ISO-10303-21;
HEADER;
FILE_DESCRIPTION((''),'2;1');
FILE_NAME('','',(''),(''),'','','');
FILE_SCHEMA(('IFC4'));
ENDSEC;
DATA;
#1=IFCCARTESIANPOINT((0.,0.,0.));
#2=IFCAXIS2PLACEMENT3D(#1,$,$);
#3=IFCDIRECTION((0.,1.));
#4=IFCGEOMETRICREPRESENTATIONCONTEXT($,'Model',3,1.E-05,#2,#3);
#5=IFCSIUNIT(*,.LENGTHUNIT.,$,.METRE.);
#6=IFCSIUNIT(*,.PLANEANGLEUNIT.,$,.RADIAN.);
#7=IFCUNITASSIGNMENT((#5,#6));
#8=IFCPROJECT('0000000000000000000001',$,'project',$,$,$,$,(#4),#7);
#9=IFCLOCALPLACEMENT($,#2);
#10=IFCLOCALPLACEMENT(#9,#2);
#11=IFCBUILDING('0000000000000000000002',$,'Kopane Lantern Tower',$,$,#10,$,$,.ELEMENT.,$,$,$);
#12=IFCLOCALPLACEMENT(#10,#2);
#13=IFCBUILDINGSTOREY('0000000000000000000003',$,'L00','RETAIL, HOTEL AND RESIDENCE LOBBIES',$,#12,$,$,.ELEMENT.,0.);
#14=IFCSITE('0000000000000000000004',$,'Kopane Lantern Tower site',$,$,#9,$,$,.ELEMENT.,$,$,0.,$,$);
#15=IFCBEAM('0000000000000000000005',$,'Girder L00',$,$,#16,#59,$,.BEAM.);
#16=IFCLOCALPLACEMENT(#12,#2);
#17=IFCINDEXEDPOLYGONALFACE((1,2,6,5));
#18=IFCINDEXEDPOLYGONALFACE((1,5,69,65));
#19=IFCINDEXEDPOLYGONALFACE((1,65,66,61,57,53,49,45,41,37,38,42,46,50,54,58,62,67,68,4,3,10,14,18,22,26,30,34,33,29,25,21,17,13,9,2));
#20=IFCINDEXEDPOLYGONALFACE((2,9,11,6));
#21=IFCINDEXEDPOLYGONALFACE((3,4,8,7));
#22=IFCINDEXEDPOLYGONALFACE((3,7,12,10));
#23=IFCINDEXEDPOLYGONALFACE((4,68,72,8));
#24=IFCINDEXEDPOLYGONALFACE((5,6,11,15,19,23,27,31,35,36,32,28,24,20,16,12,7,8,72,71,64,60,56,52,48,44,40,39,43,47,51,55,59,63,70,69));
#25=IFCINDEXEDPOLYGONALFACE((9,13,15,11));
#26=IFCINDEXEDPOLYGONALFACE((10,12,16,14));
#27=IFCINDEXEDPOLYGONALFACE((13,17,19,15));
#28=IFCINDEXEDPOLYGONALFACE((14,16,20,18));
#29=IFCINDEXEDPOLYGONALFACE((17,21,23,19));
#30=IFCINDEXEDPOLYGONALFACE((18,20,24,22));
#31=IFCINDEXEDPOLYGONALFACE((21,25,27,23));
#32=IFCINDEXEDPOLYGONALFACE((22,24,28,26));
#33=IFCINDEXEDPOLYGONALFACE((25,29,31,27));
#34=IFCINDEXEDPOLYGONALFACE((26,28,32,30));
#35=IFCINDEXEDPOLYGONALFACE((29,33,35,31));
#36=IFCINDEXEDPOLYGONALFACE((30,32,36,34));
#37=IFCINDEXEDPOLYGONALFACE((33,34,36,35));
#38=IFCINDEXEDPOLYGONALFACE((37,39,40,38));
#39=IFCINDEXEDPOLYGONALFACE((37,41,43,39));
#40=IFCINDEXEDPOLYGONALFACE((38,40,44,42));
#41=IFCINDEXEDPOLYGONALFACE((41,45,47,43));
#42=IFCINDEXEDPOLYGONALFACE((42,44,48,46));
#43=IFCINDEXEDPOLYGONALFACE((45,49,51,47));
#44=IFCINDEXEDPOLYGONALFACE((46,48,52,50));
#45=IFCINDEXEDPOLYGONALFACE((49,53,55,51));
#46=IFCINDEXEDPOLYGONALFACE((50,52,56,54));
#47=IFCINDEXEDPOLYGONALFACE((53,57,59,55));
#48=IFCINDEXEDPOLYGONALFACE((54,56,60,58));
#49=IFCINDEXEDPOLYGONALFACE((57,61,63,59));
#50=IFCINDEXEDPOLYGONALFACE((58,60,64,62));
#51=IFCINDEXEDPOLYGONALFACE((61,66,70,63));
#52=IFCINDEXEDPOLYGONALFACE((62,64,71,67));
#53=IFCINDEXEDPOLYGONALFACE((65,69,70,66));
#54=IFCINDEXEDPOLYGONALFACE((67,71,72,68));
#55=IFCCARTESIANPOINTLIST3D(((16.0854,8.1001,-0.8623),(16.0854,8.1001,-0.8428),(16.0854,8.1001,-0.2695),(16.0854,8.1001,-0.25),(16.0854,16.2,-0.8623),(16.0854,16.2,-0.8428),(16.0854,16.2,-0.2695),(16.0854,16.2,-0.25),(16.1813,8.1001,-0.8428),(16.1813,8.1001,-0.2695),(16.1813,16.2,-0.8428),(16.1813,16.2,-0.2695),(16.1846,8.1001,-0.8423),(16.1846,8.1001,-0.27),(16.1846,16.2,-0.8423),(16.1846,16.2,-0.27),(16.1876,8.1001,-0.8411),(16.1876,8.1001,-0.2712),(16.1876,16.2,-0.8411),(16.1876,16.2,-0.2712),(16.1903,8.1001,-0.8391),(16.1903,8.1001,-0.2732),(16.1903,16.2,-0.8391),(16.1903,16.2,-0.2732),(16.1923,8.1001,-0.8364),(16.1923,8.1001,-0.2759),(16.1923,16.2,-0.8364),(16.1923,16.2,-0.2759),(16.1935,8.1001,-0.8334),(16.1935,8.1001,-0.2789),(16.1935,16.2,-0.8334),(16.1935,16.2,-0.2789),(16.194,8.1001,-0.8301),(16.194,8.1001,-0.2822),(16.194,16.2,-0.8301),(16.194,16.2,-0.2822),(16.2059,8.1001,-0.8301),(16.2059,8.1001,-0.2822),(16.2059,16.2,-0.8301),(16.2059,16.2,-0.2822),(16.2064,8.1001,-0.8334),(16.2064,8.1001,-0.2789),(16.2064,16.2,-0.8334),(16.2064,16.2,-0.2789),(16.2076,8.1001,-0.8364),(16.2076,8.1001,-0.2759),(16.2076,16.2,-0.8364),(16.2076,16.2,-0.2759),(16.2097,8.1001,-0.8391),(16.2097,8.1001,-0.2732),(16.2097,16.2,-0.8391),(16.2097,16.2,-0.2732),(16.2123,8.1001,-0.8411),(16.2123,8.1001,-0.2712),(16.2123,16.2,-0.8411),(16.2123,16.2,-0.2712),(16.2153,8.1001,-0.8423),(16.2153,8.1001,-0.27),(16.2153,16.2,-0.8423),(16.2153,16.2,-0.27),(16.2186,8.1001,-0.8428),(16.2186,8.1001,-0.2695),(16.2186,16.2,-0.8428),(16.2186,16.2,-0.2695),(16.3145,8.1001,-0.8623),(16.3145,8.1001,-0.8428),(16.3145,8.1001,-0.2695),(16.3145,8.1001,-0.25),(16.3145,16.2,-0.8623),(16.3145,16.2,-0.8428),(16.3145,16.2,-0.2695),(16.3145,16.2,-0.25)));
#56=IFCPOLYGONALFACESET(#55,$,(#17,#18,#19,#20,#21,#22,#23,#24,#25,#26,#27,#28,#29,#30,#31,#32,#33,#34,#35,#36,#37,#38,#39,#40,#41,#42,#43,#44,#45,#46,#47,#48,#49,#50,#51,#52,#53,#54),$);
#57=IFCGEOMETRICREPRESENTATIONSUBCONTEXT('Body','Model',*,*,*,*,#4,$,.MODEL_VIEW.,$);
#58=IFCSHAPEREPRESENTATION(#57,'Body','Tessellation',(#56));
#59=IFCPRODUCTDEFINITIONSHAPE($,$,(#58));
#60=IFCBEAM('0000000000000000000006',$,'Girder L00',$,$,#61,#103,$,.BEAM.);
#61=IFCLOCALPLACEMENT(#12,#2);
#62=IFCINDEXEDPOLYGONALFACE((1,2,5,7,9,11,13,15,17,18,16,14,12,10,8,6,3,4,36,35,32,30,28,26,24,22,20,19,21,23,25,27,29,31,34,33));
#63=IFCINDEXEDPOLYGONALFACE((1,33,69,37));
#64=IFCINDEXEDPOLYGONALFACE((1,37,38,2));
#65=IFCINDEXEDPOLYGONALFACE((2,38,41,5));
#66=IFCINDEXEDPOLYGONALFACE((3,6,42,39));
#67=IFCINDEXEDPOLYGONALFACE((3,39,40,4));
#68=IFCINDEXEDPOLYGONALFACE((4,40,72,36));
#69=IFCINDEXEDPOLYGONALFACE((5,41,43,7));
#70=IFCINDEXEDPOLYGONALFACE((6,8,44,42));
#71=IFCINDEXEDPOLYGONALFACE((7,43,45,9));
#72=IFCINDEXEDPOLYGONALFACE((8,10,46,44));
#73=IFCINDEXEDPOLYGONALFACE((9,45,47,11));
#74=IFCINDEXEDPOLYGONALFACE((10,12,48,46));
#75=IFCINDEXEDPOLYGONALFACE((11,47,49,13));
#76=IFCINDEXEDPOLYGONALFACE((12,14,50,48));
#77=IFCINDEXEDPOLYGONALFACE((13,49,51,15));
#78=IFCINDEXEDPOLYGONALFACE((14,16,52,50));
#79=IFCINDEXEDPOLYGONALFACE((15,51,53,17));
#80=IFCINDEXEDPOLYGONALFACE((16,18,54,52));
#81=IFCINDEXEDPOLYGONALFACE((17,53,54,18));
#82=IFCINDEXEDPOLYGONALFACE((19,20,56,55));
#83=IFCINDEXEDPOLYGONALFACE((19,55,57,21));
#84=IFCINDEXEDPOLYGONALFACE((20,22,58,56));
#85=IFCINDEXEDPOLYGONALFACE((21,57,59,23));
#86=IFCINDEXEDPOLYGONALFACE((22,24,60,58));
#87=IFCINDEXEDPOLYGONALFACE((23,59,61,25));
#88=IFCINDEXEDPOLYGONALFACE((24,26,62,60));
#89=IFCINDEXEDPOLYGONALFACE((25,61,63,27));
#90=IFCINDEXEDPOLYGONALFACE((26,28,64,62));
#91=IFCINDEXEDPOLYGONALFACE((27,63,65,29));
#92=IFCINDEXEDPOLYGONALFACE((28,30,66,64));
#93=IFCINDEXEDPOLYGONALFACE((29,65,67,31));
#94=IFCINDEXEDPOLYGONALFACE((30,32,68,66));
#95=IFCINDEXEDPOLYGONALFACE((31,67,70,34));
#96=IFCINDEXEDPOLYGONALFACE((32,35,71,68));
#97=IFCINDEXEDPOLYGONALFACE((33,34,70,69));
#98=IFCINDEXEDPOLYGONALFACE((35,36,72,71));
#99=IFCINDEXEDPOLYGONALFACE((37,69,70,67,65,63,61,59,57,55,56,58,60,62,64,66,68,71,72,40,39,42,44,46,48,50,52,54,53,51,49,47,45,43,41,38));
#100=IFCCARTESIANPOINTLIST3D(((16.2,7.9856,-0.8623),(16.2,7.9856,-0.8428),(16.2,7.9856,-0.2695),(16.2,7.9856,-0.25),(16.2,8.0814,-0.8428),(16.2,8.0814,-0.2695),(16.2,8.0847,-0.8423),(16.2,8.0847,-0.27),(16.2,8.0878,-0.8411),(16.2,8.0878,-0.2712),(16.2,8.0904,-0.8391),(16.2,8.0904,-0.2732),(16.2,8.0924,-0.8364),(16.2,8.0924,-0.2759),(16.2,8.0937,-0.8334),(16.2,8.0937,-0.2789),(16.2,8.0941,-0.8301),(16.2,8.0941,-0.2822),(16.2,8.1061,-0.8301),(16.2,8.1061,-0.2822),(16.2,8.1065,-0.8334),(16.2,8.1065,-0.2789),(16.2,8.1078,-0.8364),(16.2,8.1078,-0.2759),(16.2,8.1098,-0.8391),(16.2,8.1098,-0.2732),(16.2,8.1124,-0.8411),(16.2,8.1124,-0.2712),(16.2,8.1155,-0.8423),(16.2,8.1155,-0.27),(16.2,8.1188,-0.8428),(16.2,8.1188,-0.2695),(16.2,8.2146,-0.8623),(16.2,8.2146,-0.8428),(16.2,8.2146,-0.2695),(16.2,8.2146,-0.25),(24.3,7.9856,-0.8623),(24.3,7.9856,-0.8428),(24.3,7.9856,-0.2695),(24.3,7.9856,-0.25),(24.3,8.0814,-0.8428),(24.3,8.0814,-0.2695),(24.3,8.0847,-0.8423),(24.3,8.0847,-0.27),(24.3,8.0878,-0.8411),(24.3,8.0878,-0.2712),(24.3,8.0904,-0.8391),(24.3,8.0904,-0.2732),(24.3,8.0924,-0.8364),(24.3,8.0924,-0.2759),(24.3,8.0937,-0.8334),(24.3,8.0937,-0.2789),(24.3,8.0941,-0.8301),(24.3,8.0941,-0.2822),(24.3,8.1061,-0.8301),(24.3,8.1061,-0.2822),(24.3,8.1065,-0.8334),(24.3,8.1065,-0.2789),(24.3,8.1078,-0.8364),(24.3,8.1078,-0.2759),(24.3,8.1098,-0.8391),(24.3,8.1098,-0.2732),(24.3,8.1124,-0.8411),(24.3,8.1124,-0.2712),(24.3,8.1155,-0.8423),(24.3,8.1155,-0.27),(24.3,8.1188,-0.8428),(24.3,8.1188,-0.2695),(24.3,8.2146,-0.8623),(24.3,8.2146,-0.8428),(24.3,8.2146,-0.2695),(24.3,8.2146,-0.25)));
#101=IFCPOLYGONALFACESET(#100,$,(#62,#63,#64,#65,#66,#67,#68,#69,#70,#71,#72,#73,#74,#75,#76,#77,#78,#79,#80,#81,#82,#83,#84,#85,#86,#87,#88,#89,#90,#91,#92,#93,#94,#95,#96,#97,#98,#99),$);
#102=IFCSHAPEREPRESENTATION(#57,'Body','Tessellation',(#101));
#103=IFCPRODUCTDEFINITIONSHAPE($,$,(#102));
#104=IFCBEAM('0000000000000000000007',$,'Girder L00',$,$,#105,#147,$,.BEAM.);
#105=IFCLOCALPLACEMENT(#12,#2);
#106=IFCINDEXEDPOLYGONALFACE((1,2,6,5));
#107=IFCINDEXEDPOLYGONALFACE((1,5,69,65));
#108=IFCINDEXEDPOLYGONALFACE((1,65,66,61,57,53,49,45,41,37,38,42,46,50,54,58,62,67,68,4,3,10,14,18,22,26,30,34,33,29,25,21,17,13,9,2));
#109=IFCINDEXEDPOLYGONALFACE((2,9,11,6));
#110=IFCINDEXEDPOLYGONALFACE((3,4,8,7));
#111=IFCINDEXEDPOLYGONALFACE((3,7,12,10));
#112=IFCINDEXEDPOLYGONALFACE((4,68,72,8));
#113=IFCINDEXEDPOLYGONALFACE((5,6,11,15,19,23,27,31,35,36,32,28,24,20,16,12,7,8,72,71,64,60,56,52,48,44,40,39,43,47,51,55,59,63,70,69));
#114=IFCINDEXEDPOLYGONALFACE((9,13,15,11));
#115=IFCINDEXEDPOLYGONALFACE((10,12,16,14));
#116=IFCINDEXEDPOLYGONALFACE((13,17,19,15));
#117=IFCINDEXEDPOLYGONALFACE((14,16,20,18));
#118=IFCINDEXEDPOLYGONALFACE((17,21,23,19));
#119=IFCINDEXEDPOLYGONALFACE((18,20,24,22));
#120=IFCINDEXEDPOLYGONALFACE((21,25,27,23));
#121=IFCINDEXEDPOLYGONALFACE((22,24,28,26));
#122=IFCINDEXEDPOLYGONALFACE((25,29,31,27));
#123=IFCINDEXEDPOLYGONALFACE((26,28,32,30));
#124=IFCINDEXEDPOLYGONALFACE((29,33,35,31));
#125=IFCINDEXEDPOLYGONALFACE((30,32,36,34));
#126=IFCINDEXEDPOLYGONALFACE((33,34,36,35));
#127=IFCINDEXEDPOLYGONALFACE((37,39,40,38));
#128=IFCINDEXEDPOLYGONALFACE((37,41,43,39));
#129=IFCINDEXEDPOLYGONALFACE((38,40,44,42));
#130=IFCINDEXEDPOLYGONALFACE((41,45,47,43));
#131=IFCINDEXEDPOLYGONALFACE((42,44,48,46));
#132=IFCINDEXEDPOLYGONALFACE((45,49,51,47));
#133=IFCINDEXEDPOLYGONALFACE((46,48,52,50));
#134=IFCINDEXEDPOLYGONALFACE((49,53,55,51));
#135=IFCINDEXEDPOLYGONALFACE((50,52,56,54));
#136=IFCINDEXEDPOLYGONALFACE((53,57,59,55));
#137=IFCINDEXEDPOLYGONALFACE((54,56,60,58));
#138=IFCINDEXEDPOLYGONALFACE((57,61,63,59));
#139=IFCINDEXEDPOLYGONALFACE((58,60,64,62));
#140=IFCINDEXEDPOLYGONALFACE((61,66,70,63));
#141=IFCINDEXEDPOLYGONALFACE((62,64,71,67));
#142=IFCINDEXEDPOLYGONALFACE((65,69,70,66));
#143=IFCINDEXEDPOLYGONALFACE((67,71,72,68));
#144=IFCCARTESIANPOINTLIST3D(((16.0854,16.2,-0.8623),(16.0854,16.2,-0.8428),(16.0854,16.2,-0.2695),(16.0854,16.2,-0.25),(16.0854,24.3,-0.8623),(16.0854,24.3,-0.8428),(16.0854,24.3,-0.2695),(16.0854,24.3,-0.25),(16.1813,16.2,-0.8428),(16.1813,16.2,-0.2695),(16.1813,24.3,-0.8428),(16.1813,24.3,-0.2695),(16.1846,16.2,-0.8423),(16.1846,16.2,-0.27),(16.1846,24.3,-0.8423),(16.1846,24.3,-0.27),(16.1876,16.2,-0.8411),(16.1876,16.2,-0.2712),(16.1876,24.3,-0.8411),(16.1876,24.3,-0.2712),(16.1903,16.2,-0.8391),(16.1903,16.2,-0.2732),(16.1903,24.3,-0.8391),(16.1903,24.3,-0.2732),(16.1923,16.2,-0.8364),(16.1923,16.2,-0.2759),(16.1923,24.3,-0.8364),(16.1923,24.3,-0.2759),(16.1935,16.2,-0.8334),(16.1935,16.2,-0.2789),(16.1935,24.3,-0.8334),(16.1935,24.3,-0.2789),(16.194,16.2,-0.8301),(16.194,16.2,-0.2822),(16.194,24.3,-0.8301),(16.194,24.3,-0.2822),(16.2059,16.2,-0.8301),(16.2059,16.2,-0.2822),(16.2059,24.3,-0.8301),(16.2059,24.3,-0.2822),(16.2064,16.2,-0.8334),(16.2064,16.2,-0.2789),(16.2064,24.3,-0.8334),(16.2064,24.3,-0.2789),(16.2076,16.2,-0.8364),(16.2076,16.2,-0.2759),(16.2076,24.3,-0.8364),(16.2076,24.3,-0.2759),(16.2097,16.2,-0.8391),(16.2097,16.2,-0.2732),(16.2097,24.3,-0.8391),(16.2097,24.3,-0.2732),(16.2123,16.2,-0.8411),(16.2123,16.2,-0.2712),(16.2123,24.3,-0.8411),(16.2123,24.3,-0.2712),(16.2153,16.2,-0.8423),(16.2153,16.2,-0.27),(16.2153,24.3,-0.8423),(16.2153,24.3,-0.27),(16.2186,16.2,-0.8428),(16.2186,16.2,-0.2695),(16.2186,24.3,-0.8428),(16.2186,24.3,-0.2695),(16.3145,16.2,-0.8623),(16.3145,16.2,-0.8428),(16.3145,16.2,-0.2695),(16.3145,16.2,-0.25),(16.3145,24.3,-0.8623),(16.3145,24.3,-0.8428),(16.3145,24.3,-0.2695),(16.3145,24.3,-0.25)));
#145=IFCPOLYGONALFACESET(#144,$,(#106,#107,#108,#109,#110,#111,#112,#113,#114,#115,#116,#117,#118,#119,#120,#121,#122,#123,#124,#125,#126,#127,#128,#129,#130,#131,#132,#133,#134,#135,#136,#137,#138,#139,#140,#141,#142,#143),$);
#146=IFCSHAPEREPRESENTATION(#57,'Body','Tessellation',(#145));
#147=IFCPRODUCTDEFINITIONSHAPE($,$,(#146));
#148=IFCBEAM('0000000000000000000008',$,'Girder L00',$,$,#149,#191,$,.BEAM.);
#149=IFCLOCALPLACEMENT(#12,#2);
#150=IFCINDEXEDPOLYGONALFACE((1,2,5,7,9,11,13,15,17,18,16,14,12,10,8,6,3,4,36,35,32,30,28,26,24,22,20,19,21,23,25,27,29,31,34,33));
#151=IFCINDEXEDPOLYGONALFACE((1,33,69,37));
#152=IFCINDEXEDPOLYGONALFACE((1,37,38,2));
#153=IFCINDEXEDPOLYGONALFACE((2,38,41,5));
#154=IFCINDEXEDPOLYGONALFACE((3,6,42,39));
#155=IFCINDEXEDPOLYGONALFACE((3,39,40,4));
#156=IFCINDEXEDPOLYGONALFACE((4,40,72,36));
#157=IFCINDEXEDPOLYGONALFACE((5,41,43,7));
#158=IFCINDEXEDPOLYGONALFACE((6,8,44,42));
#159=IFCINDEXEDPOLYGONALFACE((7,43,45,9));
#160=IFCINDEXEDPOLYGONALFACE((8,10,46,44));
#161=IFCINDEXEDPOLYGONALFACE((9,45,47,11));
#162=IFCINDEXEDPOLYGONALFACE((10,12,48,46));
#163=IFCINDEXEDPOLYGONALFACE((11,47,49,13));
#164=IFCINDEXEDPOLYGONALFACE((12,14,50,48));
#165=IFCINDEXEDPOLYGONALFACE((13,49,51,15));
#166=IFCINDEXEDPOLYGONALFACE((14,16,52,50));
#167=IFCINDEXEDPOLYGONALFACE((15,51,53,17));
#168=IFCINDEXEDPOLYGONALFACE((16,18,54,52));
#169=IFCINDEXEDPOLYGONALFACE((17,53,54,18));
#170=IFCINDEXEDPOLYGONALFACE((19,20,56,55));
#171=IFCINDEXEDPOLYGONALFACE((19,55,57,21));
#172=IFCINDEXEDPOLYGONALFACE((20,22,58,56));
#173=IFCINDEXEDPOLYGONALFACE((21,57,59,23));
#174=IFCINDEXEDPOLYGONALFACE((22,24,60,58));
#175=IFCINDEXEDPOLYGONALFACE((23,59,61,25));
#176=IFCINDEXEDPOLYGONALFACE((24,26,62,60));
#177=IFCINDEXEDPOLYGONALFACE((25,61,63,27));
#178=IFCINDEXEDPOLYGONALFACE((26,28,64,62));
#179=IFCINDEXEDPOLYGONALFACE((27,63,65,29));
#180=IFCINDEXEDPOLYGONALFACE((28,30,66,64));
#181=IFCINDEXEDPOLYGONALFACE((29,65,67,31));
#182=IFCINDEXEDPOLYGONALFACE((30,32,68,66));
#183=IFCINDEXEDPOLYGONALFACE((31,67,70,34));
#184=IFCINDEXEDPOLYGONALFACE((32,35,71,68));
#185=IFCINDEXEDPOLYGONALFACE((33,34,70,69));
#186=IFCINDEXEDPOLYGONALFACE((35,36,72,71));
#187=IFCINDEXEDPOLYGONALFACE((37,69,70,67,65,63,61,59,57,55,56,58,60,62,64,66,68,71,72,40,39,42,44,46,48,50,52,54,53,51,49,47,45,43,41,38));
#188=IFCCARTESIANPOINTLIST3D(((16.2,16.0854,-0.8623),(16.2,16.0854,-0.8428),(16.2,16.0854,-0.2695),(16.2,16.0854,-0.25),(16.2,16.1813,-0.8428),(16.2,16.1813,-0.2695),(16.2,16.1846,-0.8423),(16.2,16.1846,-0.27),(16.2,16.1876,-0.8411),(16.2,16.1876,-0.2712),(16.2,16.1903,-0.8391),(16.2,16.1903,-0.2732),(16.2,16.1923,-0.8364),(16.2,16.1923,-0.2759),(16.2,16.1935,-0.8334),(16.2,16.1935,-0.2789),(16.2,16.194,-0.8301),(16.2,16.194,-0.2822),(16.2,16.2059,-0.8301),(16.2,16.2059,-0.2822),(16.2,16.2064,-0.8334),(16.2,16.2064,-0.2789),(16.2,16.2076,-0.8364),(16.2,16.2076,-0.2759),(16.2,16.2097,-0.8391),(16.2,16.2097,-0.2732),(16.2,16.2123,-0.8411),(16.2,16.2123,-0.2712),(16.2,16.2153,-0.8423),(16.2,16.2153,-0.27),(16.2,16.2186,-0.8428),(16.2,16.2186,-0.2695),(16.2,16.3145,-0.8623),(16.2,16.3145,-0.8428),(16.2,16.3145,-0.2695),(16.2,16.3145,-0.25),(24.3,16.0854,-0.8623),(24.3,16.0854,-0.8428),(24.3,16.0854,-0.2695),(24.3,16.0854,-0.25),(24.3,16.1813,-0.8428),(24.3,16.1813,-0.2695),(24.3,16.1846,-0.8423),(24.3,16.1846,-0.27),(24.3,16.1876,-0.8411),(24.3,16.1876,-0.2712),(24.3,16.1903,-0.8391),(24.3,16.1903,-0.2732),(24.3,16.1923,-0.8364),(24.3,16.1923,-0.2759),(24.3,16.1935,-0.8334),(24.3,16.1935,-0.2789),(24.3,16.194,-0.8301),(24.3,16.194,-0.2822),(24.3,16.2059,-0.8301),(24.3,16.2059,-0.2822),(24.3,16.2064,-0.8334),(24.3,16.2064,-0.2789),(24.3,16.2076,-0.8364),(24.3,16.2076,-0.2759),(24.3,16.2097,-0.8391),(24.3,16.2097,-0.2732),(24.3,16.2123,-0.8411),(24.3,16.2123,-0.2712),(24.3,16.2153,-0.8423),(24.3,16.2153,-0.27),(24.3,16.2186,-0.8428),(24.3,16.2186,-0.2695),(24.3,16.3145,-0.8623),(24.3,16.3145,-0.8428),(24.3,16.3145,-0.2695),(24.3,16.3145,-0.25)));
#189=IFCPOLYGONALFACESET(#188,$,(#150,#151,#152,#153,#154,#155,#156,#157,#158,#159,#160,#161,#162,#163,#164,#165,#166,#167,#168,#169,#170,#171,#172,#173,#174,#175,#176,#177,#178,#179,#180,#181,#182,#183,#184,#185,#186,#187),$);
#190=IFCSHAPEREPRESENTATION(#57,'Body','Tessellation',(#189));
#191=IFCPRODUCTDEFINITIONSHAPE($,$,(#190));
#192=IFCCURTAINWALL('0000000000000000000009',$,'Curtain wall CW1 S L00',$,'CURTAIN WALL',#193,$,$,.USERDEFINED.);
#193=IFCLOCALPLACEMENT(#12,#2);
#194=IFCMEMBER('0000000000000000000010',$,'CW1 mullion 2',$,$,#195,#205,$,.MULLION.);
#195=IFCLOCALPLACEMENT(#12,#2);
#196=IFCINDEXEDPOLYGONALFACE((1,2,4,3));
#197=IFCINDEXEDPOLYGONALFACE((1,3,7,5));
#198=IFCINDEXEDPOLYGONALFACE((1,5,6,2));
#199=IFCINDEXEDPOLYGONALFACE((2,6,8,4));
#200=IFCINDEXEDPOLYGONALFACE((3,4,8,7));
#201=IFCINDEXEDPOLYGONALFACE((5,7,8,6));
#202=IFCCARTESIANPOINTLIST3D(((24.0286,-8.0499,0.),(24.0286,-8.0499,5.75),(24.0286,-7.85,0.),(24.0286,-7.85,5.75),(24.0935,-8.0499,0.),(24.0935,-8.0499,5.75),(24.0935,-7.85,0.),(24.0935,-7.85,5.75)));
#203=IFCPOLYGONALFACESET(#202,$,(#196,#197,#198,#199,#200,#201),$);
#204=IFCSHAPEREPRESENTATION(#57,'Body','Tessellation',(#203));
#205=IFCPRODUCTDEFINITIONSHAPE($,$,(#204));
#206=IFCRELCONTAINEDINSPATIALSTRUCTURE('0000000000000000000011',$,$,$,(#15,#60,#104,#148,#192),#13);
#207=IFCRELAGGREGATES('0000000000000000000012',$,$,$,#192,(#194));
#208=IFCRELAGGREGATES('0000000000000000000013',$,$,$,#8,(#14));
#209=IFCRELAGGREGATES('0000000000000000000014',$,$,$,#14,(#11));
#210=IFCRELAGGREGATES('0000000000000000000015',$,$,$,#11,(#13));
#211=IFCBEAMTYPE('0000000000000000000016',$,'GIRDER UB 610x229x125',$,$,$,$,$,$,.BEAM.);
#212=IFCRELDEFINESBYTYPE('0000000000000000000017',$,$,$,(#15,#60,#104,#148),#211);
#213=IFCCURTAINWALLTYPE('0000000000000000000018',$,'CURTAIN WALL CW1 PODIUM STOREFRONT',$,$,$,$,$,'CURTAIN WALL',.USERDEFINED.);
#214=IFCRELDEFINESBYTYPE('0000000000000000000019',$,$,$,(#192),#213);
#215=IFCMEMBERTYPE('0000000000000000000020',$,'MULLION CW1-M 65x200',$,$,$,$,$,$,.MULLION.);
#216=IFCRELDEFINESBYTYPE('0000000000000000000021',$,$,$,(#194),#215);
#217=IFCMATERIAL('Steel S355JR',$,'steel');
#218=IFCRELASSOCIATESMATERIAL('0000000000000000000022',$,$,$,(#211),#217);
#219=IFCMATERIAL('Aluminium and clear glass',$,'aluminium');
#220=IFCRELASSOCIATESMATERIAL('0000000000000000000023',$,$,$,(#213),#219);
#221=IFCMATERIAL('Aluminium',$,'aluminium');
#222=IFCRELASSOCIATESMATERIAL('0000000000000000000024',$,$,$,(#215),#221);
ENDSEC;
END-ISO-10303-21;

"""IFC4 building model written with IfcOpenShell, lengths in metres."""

from ifc_helpers import new_model, si_unit, direction, frame, origin, origin_2d, place, context, subcontext, project, spatial, rectangle, i_section, extrude, material, material_profile, profile_set, type_object, element, aggregate, save


model = new_model("IFC4")

# Units and contexts
model_context = context("Model", 3, precision=1e-05, world=origin(), true_north=direction((0.0, 1.0)))
body_context = subcontext(model_context, "Body", "Model", "MODEL_VIEW")
ifc_project = project(units=[si_unit("LENGTHUNIT", "METRE"), si_unit("PLANEANGLEUNIT", "RADIAN")], contexts=[model_context])

# Site, building, storey
site_placement = place(None, origin())
site = spatial("IfcSite", under=ifc_project, at=site_placement, Name="Kopane Lantern Tower site", CompositionType="ELEMENT", RefElevation=0.0)
building_placement = place(site_placement, origin())
building = spatial("IfcBuilding", under=site, at=building_placement, Name="Kopane Lantern Tower", CompositionType="ELEMENT")
storey_placement = place(building_placement, origin())
storey = spatial("IfcBuildingStorey", under=building, at=storey_placement, Name="L00", Description="RETAIL, HOTEL AND RESIDENCE LOBBIES", CompositionType="ELEMENT", Elevation=0.0)

# Beams
ifc_material_1 = material(Name="Steel S355JR", Category="steel")
ifc_material_profile_1 = material_profile(ifc_material_1, i_section(OverallWidth=0.229, OverallDepth=0.6123, WebThickness=0.012, FlangeThickness=0.0195, FilletRadius=0.0127, at=origin_2d()), Name="UB 610x229x125")
ifc_profile_set_1 = profile_set([ifc_material_profile_1], Name="Steel S355JR")
beam_type = type_object("IfcBeamType", Name="GIRDER UB 610x229x125", PredefinedType="BEAM", material=ifc_profile_set_1)
beam_placement = place(storey_placement, frame((16.2, 8.1001, -0.5562), z_axis=(0.0, 1.0, 0.0), x_axis=(-1.0, 0.0, 0.0)))
element("IfcBeam", 1, at=beam_placement, inside=storey, type_object=beam_type, Name="Girder L00", PredefinedType="BEAM", context=body_context, shape_type="SweptSolid", body=[
    extrude(i_section(OverallWidth=0.229, OverallDepth=0.6123, WebThickness=0.012, FlangeThickness=0.0195, FilletRadius=0.0127, at=origin_2d()), origin(), (0.0, 0.0, 1.0), 8.0999),
])
for number, where, z_axis, x_axis, name in (
    (2, (16.2, 8.1001, -0.5562), (1.0, 0.0, 0.0), (0.0, 1.0, 0.0), "Girder L00"),
    (3, (16.2, 16.2, -0.5562), (0.0, 1.0, 0.0), (-1.0, 0.0, 0.0), "Girder L00"),
    (4, (16.2, 16.2, -0.5562), (1.0, 0.0, 0.0), (0.0, 1.0, 0.0), "Girder L00"),
):
    element("IfcBeam", number, at=place(storey_placement, frame(where, z_axis=z_axis, x_axis=x_axis)), inside=storey, type_object=beam_type, Name=name, PredefinedType="BEAM", context=body_context, shape_type="SweptSolid", body=[
        extrude(i_section(OverallWidth=0.229, OverallDepth=0.6123, WebThickness=0.012, FlangeThickness=0.0195, FilletRadius=0.0127, at=origin_2d()), origin(), (0.0, 0.0, 1.0), 8.1001),
    ])

# Curtain wall, member
ifc_material_2 = material(Name="Aluminium and clear glass", Category="aluminium")
curtain_wall_type = type_object("IfcCurtainWallType", Name="CURTAIN WALL CW1 PODIUM STOREFRONT", ElementType="CURTAIN WALL", PredefinedType="USERDEFINED", material=ifc_material_2)
curtain_wall_placement = place(storey_placement, origin())
curtain_wall = element("IfcCurtainWall", 5, at=curtain_wall_placement, inside=storey, type_object=curtain_wall_type, Name="Curtain wall CW1 S L00", ObjectType="CURTAIN WALL", PredefinedType="USERDEFINED")
ifc_material_3 = material(Name="Aluminium", Category="aluminium")
ifc_material_profile_2 = material_profile(ifc_material_3, rectangle(XDim=0.0649, YDim=0.2, at=origin_2d()), Name="AL 65x200")
ifc_profile_set_2 = profile_set([ifc_material_profile_2], Name="Aluminium")
member_type_1 = type_object("IfcMemberType", Name="MULLION CW1-M 65x200", PredefinedType="MULLION", material=ifc_profile_set_2)
member_1_placement = place(storey_placement, frame((24.061, -7.95, 0.0), z_axis=(0.0, 0.0, 1.0), x_axis=(1.0, 0.0, 0.0)))
member_1 = element("IfcMember", 6, at=member_1_placement, type_object=member_type_1, Name="CW1 mullion 2", PredefinedType="MULLION", context=body_context, shape_type="SweptSolid", body=[
    extrude(rectangle(XDim=0.0649, YDim=0.2, at=origin_2d()), origin(), (0.0, 0.0, 1.0), 5.75),
])
aggregate(curtain_wall, [member_1])

save(model, "model.ifc")
